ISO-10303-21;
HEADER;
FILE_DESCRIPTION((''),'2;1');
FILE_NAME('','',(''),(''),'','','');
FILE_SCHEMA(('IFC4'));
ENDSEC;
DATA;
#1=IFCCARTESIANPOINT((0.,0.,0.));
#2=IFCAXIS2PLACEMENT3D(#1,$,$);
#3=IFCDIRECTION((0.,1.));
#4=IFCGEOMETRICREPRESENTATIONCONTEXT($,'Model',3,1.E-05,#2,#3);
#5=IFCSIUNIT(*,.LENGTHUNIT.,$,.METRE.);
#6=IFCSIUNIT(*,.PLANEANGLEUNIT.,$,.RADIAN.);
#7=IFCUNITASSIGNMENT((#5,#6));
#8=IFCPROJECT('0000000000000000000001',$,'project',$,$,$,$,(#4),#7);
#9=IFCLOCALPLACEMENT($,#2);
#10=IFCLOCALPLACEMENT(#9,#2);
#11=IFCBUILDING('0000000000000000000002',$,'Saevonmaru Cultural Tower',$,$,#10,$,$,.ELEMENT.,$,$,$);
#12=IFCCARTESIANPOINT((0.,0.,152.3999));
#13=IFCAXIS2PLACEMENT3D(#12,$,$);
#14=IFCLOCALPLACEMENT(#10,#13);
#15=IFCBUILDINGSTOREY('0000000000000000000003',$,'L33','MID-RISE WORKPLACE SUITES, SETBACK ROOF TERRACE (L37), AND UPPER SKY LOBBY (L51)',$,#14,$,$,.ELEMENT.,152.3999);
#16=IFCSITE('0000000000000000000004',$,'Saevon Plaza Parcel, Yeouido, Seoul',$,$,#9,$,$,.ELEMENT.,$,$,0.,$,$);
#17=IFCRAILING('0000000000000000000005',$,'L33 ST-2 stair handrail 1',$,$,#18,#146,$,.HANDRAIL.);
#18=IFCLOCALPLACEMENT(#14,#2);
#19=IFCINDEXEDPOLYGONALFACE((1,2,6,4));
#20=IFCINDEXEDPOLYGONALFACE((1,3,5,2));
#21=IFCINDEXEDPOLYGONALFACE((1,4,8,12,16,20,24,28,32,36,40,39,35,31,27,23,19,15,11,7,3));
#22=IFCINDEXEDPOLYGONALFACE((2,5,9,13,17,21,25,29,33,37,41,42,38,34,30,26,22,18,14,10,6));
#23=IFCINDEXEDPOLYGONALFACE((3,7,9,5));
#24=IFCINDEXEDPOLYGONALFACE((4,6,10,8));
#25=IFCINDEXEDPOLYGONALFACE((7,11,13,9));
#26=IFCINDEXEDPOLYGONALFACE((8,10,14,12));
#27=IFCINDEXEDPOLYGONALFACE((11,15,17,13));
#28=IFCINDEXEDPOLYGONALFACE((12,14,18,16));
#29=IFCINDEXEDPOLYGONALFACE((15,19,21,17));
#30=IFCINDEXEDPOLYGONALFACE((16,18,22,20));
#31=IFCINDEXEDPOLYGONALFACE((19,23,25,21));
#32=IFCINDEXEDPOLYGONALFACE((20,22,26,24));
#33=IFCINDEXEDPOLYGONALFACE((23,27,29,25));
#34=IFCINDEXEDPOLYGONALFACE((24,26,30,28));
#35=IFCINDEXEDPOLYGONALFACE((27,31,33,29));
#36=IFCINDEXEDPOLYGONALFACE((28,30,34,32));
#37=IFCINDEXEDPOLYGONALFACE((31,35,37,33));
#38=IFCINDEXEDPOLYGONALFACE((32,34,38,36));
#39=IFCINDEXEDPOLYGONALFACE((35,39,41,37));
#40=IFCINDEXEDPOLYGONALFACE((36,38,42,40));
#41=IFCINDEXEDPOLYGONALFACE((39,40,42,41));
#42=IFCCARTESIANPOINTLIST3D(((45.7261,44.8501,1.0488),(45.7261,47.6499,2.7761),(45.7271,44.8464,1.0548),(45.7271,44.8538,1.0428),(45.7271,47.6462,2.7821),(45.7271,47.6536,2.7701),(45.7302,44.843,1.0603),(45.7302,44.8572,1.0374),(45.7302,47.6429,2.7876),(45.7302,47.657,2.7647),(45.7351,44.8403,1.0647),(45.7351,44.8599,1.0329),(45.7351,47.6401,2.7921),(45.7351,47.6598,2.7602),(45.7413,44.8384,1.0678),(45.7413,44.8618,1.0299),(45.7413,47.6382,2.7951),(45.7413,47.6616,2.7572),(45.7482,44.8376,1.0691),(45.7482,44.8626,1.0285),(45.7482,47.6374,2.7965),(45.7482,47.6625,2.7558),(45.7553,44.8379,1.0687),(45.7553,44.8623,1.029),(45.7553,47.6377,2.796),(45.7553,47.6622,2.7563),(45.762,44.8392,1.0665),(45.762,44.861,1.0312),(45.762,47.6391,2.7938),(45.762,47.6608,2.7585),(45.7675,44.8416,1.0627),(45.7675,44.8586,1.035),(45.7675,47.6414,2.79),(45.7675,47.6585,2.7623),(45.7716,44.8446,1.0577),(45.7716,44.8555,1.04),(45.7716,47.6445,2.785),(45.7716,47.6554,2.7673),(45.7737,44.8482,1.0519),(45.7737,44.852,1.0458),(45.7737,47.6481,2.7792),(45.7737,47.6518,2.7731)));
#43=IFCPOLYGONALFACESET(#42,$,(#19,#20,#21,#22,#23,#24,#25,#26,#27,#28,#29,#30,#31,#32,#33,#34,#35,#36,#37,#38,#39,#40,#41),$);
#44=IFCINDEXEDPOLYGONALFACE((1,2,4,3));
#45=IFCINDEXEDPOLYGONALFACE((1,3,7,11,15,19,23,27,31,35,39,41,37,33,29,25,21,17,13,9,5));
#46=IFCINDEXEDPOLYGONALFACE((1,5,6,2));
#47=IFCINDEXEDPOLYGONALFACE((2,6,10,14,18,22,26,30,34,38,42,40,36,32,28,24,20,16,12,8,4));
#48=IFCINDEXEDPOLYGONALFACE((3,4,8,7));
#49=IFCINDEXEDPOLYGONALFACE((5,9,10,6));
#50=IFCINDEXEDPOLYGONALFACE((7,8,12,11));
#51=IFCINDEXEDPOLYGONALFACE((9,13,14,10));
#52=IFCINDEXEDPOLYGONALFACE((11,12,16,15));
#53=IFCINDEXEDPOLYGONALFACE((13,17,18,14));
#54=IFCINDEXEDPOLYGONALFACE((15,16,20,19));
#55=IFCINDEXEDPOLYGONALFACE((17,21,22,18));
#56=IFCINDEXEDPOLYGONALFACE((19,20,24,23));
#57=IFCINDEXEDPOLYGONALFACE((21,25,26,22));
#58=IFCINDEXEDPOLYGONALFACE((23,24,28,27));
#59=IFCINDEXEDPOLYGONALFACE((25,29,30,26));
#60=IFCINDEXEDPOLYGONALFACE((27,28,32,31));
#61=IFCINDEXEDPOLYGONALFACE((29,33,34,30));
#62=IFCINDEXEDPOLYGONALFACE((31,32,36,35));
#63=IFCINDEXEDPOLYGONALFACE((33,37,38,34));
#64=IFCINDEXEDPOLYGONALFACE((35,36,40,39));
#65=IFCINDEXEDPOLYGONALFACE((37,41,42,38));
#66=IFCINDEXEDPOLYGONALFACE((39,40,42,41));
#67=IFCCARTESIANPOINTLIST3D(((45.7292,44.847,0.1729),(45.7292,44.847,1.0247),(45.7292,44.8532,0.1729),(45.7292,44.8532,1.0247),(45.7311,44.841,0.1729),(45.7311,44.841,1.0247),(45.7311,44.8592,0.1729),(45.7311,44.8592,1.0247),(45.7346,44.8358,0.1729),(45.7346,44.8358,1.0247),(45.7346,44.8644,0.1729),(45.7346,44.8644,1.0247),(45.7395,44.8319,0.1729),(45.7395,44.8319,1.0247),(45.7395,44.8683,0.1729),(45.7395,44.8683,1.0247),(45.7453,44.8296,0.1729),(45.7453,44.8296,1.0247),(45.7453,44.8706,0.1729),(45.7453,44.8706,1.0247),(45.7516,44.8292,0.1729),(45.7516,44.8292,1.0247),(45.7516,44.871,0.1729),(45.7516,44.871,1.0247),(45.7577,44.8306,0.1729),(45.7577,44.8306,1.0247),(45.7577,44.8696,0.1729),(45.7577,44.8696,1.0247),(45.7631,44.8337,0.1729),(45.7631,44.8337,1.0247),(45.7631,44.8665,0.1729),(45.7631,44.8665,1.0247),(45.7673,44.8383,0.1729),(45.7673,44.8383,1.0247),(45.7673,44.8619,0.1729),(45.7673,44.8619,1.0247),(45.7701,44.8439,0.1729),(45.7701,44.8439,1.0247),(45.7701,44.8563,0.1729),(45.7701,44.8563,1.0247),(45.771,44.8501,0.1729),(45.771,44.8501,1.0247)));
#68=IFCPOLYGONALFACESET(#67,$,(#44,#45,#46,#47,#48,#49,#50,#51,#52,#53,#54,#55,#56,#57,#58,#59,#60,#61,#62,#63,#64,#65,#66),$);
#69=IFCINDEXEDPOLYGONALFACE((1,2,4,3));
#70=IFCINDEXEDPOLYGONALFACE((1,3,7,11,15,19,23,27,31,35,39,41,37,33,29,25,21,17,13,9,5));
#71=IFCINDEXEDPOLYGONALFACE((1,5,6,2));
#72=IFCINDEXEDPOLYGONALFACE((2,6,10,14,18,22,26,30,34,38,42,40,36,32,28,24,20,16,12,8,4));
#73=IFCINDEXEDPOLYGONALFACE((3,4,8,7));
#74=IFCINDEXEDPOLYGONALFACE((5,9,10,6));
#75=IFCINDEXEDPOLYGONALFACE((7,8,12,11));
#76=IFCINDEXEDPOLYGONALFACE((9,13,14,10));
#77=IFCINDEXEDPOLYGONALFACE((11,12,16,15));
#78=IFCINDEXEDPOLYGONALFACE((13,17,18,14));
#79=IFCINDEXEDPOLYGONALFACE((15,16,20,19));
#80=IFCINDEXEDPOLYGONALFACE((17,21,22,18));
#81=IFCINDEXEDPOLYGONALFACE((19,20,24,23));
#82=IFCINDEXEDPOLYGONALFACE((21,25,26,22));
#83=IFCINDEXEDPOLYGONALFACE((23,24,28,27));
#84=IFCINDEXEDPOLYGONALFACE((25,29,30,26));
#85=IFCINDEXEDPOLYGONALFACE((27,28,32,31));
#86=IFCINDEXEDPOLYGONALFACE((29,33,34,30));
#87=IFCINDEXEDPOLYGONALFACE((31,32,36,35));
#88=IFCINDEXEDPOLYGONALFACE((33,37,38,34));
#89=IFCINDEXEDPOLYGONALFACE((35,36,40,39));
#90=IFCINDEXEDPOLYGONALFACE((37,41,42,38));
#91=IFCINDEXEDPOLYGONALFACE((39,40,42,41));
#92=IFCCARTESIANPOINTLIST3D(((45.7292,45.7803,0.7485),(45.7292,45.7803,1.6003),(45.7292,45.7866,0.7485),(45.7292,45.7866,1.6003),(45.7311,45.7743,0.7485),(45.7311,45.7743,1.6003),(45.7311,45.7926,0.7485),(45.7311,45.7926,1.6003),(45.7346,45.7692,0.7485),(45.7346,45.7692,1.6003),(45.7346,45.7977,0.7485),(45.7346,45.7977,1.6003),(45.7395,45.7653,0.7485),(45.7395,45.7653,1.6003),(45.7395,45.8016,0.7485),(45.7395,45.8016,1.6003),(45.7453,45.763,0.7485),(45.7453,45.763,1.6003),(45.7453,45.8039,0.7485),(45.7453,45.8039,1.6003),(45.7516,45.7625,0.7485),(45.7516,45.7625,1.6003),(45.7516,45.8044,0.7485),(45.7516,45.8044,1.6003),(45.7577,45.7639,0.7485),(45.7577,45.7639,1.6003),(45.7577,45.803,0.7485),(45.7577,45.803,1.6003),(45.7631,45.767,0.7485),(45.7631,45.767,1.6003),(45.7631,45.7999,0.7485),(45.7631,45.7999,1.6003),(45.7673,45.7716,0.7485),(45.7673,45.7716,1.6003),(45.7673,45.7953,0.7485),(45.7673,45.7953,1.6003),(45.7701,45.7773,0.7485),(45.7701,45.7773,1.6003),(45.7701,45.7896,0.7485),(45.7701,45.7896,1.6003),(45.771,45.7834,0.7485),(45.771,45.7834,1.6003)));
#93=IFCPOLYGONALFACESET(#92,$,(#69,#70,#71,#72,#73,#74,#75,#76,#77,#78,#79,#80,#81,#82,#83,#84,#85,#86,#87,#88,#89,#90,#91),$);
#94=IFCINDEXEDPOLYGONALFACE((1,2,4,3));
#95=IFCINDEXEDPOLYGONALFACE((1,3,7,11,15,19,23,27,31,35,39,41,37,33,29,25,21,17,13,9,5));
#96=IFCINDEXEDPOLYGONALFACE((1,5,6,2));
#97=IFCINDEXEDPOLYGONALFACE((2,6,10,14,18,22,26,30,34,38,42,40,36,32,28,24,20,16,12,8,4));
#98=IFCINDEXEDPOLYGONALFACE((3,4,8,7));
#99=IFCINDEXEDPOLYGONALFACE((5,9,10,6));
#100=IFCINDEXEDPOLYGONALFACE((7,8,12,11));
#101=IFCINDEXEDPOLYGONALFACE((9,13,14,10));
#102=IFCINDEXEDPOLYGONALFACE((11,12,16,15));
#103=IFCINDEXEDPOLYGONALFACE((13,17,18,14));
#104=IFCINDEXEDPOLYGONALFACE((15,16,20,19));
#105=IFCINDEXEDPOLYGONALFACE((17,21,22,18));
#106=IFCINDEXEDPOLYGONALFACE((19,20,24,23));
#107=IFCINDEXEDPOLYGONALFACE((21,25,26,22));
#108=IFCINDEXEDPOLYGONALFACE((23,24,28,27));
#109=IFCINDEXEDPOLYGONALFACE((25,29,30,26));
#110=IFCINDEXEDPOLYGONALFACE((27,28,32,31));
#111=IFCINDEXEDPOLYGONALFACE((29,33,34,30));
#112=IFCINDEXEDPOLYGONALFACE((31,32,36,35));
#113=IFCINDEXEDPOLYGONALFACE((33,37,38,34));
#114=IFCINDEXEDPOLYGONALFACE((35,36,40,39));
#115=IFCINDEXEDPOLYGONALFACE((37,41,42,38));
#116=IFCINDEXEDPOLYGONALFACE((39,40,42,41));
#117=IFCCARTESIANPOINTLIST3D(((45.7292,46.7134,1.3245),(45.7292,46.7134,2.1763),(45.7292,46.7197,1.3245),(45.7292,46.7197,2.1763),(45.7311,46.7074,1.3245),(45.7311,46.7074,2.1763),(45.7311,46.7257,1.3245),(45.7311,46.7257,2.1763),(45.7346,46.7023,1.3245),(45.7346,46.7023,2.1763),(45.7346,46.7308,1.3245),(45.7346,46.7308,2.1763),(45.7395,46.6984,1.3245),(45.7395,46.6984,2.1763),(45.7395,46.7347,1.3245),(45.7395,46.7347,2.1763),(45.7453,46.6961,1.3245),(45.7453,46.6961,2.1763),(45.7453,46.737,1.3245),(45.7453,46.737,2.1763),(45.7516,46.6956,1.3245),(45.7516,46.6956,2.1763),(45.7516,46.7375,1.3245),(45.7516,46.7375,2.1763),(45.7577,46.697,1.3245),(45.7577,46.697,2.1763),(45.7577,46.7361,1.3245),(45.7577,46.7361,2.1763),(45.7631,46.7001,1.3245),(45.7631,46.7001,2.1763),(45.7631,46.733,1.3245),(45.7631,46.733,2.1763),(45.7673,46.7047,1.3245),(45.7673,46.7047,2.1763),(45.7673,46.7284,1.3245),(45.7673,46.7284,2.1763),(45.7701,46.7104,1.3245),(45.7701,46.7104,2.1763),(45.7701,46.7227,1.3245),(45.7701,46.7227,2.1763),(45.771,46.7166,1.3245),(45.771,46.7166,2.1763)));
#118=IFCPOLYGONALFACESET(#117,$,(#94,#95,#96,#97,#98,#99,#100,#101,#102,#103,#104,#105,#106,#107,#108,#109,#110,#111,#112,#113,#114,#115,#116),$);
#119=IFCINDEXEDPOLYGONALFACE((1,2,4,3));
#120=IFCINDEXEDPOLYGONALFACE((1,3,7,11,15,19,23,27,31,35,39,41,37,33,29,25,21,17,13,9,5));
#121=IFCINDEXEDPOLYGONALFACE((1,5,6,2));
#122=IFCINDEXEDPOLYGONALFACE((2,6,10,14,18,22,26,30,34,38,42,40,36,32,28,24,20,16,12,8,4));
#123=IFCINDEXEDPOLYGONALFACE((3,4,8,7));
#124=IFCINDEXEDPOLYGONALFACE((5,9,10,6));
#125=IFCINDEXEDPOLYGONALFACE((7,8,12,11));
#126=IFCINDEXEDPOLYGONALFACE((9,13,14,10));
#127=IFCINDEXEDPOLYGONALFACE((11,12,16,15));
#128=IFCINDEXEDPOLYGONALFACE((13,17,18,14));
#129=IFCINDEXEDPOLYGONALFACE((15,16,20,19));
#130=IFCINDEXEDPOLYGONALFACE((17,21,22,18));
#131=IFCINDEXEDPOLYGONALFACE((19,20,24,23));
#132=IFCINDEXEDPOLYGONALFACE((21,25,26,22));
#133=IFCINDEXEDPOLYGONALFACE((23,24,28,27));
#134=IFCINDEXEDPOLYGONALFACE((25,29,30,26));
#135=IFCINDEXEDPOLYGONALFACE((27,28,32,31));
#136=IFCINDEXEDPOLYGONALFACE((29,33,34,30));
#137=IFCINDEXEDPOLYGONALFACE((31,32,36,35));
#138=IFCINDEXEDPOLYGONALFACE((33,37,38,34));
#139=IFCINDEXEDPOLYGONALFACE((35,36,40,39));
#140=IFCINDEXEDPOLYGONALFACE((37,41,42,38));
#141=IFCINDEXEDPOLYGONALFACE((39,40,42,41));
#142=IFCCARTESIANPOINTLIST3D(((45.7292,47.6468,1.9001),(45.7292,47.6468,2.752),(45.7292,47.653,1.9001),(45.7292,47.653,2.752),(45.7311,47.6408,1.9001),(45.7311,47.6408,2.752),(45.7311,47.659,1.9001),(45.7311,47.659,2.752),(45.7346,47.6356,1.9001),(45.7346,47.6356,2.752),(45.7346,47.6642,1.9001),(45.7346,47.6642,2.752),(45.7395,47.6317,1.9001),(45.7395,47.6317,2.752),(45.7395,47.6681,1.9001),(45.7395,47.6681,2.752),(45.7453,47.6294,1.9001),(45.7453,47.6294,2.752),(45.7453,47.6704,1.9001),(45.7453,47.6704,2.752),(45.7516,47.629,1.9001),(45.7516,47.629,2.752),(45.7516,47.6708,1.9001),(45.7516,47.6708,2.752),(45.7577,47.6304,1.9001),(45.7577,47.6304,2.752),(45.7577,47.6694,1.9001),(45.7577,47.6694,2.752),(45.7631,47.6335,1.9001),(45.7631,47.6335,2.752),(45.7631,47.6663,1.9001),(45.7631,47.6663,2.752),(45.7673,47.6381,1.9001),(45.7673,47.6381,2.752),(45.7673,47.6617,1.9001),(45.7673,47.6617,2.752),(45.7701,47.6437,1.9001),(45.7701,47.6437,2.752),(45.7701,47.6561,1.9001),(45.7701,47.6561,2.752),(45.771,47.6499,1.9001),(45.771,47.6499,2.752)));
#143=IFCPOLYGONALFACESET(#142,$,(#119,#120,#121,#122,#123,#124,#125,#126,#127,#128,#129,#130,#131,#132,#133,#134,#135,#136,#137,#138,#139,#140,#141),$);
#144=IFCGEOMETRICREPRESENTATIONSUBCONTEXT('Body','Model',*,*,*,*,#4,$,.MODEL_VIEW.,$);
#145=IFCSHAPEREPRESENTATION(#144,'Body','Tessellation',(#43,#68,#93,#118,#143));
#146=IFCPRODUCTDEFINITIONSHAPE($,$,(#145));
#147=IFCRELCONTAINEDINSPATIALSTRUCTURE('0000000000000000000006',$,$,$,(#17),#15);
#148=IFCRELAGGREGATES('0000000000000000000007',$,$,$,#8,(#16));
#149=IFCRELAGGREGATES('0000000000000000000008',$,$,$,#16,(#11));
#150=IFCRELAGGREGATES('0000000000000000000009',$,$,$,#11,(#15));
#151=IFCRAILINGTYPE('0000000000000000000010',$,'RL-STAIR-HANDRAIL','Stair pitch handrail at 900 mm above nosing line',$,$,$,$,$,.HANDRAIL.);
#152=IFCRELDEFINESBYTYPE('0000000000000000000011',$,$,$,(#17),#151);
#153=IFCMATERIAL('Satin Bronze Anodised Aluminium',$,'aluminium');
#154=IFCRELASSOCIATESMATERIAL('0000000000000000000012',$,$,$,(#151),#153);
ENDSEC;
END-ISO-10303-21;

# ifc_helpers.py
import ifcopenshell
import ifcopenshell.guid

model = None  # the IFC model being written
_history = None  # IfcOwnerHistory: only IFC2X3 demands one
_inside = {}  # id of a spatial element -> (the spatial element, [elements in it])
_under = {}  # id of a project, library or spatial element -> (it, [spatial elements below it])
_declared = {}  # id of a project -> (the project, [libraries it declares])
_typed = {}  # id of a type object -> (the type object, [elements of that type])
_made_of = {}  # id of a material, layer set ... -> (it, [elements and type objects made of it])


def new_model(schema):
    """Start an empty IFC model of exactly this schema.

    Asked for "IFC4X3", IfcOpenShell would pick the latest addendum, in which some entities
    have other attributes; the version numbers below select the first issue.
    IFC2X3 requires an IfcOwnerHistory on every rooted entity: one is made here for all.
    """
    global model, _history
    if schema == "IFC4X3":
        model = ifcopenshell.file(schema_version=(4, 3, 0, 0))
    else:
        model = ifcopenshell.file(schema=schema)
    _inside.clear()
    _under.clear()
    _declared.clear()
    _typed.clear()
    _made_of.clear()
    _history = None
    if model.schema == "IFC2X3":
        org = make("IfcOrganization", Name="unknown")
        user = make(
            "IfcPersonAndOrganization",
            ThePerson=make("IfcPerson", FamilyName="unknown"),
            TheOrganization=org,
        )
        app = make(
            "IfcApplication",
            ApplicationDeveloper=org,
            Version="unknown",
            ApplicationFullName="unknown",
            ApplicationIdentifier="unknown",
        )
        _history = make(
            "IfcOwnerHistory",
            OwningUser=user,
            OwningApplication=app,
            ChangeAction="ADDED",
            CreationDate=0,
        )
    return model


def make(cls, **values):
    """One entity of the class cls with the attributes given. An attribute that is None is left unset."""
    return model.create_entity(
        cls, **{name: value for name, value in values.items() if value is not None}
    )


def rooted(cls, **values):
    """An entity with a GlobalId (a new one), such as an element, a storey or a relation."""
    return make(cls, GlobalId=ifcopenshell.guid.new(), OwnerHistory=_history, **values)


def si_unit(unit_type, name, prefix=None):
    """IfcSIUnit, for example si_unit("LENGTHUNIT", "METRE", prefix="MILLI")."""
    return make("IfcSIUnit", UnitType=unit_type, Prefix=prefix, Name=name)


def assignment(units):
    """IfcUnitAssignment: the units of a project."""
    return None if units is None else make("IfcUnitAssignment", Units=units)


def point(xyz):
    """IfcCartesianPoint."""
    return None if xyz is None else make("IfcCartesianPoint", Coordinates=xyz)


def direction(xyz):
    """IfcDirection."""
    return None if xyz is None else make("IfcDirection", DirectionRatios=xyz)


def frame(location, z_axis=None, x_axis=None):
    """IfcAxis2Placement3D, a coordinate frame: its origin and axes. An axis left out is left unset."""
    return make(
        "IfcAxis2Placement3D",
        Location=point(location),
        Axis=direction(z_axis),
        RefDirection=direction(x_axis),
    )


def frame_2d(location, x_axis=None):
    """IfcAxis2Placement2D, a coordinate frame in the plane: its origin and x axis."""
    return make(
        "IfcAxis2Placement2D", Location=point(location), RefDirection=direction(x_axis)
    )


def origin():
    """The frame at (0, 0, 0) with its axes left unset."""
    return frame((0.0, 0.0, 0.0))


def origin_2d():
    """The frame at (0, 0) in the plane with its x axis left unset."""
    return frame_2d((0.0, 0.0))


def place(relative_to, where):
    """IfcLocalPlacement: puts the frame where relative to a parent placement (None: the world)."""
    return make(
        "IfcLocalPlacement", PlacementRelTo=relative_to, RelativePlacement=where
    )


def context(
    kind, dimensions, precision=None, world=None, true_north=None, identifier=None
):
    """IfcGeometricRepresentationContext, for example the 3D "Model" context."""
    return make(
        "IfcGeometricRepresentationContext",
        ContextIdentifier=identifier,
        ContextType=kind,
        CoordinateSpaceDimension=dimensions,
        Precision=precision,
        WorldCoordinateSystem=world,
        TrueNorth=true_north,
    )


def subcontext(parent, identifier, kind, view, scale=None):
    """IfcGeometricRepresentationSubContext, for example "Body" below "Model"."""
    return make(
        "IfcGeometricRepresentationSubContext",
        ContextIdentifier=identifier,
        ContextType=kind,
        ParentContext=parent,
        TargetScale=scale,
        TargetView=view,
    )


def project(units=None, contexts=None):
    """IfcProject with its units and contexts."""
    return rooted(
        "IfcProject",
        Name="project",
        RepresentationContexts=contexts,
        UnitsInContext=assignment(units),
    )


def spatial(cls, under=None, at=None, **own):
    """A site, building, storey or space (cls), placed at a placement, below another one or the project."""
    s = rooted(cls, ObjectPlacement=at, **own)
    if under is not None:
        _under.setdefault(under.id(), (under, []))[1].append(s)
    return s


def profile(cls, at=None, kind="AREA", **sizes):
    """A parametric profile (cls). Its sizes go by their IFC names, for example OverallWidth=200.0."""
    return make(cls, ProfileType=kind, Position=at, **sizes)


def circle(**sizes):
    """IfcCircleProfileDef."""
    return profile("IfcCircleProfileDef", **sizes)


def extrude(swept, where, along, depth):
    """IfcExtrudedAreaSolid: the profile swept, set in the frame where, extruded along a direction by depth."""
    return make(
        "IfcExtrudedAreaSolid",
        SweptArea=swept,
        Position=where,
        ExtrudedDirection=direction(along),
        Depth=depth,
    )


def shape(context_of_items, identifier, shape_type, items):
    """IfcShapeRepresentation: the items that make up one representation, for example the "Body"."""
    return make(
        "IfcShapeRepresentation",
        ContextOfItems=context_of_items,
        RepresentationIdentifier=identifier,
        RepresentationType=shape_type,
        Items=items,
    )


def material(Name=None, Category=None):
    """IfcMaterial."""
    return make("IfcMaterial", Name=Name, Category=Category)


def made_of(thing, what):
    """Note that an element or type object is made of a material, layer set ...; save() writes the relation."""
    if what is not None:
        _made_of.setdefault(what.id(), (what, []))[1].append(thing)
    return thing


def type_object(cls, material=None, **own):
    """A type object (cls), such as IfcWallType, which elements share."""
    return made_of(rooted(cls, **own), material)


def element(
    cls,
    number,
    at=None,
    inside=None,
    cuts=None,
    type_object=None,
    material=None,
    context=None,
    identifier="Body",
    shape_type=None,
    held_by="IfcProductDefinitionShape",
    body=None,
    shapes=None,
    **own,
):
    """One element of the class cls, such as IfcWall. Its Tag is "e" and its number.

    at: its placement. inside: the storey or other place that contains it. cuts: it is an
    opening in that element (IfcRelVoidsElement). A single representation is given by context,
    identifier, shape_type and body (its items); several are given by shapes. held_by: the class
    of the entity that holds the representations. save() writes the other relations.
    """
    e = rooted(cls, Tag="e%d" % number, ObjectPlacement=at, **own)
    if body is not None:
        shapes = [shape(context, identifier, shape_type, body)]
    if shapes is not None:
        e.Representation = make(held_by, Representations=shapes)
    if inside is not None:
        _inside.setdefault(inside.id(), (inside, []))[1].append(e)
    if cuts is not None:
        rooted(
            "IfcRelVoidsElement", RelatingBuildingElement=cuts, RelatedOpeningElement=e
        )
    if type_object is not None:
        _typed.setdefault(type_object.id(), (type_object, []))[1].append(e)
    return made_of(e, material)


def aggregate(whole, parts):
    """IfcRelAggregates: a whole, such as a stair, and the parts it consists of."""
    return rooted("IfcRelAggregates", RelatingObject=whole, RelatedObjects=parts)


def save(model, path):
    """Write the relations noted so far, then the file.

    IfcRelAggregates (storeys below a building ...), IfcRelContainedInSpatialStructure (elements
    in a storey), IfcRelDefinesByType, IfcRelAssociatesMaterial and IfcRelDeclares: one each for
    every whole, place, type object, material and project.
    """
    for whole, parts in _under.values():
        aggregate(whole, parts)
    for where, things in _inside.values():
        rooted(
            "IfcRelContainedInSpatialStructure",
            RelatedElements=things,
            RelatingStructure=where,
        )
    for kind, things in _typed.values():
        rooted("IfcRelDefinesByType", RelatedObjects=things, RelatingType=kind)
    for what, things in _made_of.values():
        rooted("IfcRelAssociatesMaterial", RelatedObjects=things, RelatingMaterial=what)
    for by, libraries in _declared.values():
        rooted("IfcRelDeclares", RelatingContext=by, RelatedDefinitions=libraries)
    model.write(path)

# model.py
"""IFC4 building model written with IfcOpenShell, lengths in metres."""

from ifc_helpers import new_model, si_unit, direction, frame, origin, origin_2d, place, context, subcontext, project, spatial, circle, extrude, material, type_object, element, save


model = new_model("IFC4")

# Units and contexts
model_context = context("Model", 3, precision=1e-05, world=origin(), true_north=direction((0.0, 1.0)))
body_context = subcontext(model_context, "Body", "Model", "MODEL_VIEW")
ifc_project = project(units=[si_unit("LENGTHUNIT", "METRE"), si_unit("PLANEANGLEUNIT", "RADIAN")], contexts=[model_context])

# Site, building, storey
site_placement = place(None, origin())
site = spatial("IfcSite", under=ifc_project, at=site_placement, Name="Saevon Plaza Parcel, Yeouido, Seoul", CompositionType="ELEMENT", RefElevation=0.0)
building_placement = place(site_placement, origin())
building = spatial("IfcBuilding", under=site, at=building_placement, Name="Saevonmaru Cultural Tower", CompositionType="ELEMENT")
storey_placement = place(building_placement, frame((0.0, 0.0, 152.3999)))
storey = spatial("IfcBuildingStorey", under=building, at=storey_placement, Name="L33", Description="MID-RISE WORKPLACE SUITES, SETBACK ROOF TERRACE (L37), AND UPPER SKY LOBBY (L51)", CompositionType="ELEMENT", Elevation=152.3999)

# Shared definitions
ifc_material_1 = material(Name="Satin Bronze Anodised Aluminium", Category="aluminium")

# Railing
railing_type_1 = type_object("IfcRailingType", Name="RL-STAIR-HANDRAIL", Description="Stair pitch handrail at 900 mm above nosing line", PredefinedType="HANDRAIL", material=ifc_material_1)
railing_1_placement = place(storey_placement, frame((45.75, 44.8501, 0.1729)))
element("IfcRailing", 1, at=railing_1_placement, inside=storey, type_object=railing_type_1, Name="L33 ST-2 stair handrail 1", PredefinedType="HANDRAIL", context=body_context, shape_type="SweptSolid", body=[
    extrude(circle(Radius=0.0239, at=origin_2d()), frame((0.0, 0.0, 0.876), z_axis=(0.0, 0.851069, 0.525054), x_axis=(-1.0, 0.0, 0.0)), (0.0, 0.0, 1.0), 3.2898),
    extrude(circle(Radius=0.021, at=origin_2d()), origin(), (0.0, 0.0, 1.0), 0.8518),
    extrude(circle(Radius=0.021, at=origin_2d()), frame((0.0, 0.9333, 0.5757)), (0.0, 0.0, 1.0), 0.8518),
    extrude(circle(Radius=0.021, at=origin_2d()), frame((0.0, 1.8665, 1.1516)), (0.0, 0.0, 1.0), 0.8518),
    extrude(circle(Radius=0.021, at=origin_2d()), frame((0.0, 2.7998, 1.7273)), (0.0, 0.0, 1.0), 0.8518),
])

save(model, "model.ifc")
